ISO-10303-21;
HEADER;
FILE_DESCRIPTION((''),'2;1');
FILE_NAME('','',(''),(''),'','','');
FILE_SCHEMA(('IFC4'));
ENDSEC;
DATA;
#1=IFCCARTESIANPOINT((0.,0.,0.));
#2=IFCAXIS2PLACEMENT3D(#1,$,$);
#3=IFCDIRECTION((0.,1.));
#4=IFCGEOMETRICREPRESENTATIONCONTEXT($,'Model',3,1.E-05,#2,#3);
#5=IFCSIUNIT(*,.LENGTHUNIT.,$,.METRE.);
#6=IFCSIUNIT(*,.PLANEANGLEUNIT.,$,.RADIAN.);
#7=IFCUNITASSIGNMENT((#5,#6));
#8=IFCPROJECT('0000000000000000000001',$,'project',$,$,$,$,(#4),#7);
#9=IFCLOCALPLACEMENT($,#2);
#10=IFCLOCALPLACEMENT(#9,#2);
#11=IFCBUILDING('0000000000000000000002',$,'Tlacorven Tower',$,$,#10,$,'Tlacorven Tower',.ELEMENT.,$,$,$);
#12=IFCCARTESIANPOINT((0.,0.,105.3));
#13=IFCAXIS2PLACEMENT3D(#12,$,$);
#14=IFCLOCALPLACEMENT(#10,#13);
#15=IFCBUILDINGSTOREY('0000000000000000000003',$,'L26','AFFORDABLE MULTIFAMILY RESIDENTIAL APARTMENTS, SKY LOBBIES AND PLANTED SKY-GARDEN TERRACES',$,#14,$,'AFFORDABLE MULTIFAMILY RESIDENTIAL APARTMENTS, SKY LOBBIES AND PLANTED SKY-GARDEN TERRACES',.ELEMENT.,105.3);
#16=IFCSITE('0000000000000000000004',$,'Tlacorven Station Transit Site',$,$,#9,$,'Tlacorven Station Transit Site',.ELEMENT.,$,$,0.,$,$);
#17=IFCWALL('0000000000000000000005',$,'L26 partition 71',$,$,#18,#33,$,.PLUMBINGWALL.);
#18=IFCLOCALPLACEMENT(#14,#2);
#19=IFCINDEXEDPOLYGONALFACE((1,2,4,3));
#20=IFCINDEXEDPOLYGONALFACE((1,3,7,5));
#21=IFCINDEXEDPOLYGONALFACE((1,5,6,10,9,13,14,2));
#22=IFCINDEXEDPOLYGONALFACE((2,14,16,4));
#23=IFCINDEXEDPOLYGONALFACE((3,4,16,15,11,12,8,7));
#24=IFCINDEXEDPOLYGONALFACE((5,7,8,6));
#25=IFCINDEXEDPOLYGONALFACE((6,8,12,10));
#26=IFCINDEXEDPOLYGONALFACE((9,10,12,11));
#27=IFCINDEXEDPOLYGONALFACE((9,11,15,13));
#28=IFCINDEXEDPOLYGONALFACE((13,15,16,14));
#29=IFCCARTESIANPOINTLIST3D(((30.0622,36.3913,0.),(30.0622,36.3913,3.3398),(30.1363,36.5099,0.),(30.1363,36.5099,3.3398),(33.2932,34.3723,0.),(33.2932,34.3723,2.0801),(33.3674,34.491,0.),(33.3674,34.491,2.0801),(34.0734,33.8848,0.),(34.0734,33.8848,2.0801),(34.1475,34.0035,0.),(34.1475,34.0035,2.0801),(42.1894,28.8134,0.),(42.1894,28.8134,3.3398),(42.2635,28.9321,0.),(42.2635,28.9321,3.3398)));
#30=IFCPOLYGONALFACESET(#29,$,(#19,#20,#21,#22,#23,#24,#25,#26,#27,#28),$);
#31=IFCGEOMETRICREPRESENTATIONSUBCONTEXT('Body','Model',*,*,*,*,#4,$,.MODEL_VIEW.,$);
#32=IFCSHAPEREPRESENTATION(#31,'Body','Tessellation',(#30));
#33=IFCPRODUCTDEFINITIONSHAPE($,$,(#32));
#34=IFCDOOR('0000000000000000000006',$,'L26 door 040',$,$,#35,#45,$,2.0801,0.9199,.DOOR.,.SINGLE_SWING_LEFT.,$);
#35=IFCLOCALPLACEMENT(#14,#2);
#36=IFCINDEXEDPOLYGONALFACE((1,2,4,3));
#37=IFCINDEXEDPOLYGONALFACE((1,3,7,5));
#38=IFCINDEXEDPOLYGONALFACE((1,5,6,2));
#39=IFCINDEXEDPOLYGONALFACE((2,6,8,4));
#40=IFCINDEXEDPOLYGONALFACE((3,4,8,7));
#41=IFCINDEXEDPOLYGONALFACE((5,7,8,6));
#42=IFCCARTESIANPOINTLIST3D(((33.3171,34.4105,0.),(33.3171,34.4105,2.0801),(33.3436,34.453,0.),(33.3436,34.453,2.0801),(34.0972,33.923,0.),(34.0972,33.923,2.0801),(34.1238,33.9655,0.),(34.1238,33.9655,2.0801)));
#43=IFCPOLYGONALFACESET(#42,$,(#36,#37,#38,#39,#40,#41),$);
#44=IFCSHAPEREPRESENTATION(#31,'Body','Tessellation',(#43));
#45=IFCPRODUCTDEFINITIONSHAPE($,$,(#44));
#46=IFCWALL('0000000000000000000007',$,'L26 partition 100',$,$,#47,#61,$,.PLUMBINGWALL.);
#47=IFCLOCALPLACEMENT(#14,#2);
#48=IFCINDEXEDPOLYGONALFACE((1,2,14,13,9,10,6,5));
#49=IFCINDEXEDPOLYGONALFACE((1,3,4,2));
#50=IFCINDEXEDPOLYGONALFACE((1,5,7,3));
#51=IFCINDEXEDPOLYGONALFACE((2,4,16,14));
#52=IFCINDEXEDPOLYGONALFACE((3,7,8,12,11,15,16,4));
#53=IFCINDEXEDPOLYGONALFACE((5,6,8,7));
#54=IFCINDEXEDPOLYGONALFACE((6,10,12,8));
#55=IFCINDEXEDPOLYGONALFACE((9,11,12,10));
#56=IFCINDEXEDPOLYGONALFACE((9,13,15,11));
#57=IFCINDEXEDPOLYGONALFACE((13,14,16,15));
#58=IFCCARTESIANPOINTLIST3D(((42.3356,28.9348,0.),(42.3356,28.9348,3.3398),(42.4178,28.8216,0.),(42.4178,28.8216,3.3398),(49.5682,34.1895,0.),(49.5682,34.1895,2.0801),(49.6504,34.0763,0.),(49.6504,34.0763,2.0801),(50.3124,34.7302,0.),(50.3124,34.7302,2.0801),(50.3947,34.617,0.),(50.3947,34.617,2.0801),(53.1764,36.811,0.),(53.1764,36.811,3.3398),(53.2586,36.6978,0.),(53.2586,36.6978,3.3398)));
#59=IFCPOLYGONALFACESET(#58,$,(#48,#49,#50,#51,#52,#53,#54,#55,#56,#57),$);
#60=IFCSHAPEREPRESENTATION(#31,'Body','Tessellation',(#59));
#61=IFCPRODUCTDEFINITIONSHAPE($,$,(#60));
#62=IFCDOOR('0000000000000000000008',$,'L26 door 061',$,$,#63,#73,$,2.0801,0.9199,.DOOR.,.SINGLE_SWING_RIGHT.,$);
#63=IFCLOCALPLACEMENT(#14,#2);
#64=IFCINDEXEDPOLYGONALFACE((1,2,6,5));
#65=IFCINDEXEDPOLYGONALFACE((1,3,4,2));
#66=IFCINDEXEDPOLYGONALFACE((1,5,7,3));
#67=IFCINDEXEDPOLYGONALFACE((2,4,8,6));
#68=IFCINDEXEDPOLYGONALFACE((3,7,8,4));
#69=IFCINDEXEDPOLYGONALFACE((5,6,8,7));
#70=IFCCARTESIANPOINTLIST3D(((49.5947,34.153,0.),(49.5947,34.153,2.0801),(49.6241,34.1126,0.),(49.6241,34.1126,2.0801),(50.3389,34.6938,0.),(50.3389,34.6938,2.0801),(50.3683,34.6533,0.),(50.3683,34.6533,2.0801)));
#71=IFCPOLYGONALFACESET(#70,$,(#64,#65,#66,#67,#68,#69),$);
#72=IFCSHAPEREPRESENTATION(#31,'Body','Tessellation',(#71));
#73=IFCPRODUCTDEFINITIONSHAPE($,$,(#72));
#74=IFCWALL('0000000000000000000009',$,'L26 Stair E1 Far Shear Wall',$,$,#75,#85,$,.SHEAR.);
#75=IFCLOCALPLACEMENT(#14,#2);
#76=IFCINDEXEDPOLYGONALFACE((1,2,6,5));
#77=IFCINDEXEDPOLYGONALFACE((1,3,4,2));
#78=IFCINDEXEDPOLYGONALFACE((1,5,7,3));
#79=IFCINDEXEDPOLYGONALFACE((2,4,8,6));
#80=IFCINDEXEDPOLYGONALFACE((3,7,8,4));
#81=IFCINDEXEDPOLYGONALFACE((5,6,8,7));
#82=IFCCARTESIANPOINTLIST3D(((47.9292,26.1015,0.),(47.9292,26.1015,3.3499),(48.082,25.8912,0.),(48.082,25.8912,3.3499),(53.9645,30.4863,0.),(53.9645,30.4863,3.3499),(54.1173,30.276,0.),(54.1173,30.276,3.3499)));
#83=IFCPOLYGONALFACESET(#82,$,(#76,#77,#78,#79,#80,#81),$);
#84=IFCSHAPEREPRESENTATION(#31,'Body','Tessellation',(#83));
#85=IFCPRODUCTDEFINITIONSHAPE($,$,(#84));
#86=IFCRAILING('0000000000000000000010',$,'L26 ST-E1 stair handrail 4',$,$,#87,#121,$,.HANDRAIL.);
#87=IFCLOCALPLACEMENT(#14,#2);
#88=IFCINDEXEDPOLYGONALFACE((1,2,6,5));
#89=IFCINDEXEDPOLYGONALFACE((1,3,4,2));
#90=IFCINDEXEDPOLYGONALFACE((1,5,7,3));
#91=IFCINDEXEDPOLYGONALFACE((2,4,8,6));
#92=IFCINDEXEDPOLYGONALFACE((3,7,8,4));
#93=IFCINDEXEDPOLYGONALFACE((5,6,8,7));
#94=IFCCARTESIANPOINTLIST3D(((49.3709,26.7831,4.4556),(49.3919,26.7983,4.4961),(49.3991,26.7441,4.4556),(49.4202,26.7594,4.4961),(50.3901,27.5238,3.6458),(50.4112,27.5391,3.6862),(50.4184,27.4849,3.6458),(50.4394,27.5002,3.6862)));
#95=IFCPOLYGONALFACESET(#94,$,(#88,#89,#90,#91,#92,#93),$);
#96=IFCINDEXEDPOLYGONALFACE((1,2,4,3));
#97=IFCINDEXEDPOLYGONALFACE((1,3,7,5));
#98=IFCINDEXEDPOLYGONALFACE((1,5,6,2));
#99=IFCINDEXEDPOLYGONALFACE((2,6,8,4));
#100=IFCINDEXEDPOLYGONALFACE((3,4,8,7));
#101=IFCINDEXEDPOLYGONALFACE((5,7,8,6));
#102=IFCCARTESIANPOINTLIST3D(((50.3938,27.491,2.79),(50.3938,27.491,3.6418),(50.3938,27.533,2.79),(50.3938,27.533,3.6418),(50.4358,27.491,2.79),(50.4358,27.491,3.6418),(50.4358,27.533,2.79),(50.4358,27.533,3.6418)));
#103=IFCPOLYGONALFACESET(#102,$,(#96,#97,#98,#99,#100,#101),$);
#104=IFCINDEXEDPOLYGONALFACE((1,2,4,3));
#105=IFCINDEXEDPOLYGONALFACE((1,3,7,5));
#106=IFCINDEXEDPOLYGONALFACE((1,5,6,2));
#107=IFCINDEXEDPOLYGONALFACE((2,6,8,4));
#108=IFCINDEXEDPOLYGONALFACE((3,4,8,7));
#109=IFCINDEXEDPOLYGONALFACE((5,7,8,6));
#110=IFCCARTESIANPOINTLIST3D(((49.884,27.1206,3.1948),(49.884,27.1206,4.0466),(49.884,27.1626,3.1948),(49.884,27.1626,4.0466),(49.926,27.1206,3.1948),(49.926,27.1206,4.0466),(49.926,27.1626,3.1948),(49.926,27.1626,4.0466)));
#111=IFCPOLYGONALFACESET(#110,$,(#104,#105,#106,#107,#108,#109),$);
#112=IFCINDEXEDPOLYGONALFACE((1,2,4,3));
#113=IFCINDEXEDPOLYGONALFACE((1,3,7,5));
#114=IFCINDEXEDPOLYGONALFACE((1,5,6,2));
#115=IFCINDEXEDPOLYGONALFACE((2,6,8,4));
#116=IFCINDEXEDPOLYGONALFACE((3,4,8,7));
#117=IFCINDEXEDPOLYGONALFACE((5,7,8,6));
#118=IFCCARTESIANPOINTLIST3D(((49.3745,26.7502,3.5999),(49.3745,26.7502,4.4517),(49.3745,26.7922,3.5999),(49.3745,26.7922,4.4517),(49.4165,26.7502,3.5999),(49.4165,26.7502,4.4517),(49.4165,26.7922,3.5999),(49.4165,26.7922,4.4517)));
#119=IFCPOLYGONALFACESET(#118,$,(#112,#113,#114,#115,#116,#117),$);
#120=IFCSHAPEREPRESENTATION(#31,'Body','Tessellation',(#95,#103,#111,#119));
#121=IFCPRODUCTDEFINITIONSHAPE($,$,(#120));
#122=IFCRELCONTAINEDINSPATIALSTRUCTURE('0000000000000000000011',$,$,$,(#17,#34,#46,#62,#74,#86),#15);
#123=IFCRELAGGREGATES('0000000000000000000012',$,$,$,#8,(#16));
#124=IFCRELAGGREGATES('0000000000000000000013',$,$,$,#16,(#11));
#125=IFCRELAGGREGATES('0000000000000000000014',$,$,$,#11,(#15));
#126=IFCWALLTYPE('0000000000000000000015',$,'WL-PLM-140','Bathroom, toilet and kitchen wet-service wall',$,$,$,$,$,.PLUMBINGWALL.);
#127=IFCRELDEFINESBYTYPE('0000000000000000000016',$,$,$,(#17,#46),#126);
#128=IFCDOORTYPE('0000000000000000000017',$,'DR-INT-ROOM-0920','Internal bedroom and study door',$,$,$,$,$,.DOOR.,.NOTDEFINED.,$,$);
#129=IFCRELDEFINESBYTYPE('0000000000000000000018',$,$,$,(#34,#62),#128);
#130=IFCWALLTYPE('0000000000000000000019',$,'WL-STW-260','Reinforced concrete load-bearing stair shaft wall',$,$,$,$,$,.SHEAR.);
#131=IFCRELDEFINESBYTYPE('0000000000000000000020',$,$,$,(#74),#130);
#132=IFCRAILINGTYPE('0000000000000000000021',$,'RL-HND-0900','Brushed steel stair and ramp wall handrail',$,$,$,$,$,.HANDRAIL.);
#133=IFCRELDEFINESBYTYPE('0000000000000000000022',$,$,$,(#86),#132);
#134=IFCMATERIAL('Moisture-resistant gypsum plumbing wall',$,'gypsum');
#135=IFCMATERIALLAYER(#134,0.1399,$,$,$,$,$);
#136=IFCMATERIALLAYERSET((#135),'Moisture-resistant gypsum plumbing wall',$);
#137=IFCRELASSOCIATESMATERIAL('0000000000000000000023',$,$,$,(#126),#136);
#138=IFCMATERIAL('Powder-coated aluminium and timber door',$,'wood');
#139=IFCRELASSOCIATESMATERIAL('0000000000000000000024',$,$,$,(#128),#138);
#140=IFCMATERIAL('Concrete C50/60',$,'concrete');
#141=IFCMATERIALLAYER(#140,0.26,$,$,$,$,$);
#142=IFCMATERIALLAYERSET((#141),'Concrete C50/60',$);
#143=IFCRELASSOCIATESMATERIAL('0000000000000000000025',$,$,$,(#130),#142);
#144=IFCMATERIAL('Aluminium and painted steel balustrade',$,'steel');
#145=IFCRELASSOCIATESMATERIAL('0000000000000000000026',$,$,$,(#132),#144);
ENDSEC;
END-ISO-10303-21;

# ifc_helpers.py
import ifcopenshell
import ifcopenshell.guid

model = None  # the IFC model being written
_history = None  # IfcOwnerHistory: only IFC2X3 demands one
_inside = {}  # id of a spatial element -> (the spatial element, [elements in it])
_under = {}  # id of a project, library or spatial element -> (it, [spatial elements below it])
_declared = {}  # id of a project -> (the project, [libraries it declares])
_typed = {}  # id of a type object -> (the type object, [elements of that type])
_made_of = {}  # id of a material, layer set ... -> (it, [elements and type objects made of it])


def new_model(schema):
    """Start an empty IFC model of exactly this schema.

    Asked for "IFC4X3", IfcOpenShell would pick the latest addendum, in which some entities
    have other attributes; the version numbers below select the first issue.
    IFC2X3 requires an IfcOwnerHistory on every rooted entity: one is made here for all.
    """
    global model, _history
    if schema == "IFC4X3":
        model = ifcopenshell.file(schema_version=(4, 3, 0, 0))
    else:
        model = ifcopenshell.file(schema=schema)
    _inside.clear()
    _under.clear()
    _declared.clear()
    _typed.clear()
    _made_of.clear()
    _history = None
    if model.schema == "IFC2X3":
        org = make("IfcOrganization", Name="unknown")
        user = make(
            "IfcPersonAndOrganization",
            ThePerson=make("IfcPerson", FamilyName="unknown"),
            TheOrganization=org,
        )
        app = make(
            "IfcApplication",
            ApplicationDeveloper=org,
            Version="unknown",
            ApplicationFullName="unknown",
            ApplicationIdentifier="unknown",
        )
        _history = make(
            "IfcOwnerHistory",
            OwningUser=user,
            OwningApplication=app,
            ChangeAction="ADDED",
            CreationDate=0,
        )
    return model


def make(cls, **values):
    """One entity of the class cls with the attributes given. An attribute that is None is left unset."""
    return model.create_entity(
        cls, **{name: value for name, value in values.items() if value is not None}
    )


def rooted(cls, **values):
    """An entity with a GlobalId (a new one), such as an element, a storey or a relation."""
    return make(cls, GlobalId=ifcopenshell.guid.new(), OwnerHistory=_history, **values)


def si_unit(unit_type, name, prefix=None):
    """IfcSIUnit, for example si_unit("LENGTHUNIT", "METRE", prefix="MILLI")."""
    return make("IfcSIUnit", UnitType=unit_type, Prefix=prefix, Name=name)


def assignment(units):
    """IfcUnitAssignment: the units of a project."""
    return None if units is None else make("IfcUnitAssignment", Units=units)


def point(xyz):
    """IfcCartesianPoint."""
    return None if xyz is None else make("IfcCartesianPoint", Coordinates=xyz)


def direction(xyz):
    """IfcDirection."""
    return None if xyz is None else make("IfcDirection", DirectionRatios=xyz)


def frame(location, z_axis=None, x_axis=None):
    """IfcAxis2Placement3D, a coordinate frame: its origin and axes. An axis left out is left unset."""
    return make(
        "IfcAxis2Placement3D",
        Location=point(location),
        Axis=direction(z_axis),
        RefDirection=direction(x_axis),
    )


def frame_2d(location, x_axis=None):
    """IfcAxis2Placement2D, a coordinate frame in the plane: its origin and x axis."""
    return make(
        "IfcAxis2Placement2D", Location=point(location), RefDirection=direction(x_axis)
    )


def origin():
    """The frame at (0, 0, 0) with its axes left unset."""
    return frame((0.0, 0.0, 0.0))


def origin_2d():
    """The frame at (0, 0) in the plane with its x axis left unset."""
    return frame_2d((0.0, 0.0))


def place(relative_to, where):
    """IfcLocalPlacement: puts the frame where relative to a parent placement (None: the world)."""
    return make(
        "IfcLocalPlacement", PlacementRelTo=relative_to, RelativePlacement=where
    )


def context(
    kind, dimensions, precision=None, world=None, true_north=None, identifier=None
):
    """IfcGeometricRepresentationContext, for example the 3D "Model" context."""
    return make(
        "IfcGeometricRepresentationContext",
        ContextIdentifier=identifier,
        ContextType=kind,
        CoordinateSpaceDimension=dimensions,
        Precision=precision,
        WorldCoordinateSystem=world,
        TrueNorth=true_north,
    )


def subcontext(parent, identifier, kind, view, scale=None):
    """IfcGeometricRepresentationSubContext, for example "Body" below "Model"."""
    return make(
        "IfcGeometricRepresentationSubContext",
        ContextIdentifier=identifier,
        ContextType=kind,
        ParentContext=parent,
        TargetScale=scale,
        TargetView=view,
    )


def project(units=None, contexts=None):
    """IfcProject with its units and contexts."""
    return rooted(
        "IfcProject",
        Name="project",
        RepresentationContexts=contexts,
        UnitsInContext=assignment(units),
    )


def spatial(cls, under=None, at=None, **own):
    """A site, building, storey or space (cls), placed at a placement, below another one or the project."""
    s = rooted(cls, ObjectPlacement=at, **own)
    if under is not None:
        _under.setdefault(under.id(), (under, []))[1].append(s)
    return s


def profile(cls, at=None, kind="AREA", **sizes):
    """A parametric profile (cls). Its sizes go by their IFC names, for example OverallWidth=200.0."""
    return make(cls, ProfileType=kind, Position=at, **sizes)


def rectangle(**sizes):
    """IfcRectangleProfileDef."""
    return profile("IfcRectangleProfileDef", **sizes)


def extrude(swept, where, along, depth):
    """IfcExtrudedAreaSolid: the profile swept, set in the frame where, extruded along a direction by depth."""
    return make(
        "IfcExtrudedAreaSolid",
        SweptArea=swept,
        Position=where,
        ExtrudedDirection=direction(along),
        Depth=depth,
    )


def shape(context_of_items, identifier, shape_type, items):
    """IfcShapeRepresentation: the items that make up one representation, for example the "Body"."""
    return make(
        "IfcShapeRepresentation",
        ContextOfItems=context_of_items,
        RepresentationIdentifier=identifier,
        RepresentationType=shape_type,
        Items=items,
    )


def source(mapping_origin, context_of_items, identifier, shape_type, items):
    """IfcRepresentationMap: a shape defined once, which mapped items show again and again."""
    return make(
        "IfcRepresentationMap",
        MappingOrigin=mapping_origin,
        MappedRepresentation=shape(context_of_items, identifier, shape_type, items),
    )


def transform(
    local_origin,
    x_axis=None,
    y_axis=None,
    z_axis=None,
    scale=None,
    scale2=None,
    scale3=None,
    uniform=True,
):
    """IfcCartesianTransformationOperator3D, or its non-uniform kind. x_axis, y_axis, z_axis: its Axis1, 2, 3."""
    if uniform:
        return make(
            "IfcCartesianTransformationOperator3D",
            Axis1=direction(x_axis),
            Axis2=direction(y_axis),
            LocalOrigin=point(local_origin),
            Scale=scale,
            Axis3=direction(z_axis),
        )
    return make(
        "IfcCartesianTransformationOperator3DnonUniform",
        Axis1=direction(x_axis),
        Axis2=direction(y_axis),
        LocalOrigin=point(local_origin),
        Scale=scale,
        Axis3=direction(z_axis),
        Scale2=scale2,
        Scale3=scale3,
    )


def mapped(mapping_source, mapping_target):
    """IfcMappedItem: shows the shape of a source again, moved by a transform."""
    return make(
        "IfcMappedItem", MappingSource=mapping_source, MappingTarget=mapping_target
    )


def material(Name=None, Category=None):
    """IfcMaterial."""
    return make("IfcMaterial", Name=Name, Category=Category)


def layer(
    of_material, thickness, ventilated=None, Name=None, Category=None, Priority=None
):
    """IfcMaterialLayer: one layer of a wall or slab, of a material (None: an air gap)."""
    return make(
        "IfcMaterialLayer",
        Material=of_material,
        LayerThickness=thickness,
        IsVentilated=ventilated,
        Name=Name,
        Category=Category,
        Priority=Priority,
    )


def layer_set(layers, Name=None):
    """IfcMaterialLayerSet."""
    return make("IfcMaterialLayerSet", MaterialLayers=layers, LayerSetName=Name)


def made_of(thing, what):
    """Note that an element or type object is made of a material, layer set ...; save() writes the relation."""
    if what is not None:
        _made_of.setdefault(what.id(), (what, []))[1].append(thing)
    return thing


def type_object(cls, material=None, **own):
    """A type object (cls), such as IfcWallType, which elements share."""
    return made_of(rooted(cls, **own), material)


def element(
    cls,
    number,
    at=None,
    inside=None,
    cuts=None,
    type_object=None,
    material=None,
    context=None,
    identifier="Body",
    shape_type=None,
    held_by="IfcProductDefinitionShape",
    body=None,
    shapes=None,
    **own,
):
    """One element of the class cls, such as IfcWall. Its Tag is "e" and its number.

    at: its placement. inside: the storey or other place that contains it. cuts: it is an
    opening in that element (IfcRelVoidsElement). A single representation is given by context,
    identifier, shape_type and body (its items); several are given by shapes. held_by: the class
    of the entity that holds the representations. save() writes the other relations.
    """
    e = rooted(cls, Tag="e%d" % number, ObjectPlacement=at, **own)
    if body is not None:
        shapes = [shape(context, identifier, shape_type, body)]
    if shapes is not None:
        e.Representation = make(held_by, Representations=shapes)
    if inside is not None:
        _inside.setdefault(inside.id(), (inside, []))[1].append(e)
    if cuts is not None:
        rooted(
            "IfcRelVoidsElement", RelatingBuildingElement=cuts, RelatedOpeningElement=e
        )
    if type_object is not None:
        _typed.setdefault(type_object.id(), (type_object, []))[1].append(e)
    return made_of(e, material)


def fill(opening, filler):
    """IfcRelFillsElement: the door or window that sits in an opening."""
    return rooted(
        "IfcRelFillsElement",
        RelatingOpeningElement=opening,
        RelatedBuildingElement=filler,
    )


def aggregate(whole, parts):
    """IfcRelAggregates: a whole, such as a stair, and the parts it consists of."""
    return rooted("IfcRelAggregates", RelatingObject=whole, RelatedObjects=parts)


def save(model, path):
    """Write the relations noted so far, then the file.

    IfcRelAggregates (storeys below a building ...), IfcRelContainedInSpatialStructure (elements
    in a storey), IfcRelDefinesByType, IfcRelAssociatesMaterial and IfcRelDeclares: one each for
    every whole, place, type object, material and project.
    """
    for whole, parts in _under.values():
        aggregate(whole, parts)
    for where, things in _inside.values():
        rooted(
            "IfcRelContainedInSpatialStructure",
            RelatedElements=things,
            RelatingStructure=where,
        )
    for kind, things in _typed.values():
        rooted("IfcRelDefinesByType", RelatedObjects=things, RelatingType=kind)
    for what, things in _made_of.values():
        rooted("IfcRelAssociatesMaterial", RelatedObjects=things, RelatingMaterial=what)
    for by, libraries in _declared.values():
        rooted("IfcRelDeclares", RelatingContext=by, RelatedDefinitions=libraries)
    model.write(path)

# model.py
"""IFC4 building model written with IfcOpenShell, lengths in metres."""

from ifc_helpers import new_model, si_unit, direction, frame, frame_2d, origin, origin_2d, place, context, subcontext, project, spatial, rectangle, extrude, source, transform, mapped, material, layer, layer_set, type_object, element, fill, save


model = new_model("IFC4")

# Units and contexts
model_context = context("Model", 3, precision=1e-05, world=origin(), true_north=direction((0.0, 1.0)))
body_context = subcontext(model_context, "Body", "Model", "MODEL_VIEW")
ifc_project = project(units=[si_unit("LENGTHUNIT", "METRE"), si_unit("PLANEANGLEUNIT", "RADIAN")], contexts=[model_context])

# Site, building, storey
site_placement = place(None, origin())
site = spatial("IfcSite", under=ifc_project, at=site_placement, Name="Tlacorven Station Transit Site", LongName="Tlacorven Station Transit Site", CompositionType="ELEMENT", RefElevation=0.0)
building_placement = place(site_placement, origin())
building = spatial("IfcBuilding", under=site, at=building_placement, Name="Tlacorven Tower", LongName="Tlacorven Tower", CompositionType="ELEMENT")
storey_placement = place(building_placement, frame((0.0, 0.0, 105.3)))
storey = spatial("IfcBuildingStorey", under=building, at=storey_placement, Name="L26", Description="AFFORDABLE MULTIFAMILY RESIDENTIAL APARTMENTS, SKY LOBBIES AND PLANTED SKY-GARDEN TERRACES", LongName="AFFORDABLE MULTIFAMILY RESIDENTIAL APARTMENTS, SKY LOBBIES AND PLANTED SKY-GARDEN TERRACES", CompositionType="ELEMENT", Elevation=105.3)

# Walls, openings, doors
ifc_material_1 = material(Name="Moisture-resistant gypsum plumbing wall", Category="gypsum")
ifc_layer_1 = layer(ifc_material_1, 0.1399)
ifc_layer_set_1 = layer_set([ifc_layer_1], Name="Moisture-resistant gypsum plumbing wall")
wall_type_1 = type_object("IfcWallType", Name="WL-PLM-140", Description="Bathroom, toilet and kitchen wet-service wall", PredefinedType="PLUMBINGWALL", material=ifc_layer_set_1)
wall_1_placement = place(storey_placement, frame((42.2263, 28.8728, 0.0), z_axis=(0.0, 0.0, 1.0), x_axis=(-0.848049, 0.529918, 0.0)))
wall_1 = element("IfcWall", 1, at=wall_1_placement, inside=storey, type_object=wall_type_1, Name="L26 partition 71", PredefinedType="PLUMBINGWALL", context=body_context, shape_type="SweptSolid", body=[
    extrude(rectangle(XDim=14.3, YDim=0.1399, at=frame_2d((7.1499, 0.0))), origin(), (0.0, 0.0, 1.0), 3.3398),
])
opening_1_placement = place(wall_1_placement, frame((9.5701, 0.0, 0.0)))
opening_1 = element("IfcOpeningElement", 2, at=opening_1_placement, cuts=wall_1, PredefinedType="OPENING", context=body_context, shape_type="SweptSolid", body=[
    extrude(rectangle(XDim=0.9199, YDim=2.0801, at=frame_2d((0.46, 1.04))), frame((0.0, 0.0801, 0.0), z_axis=(0.0, -1.0, 0.0), x_axis=(1.0, 0.0, 0.0)), (0.0, 0.0, 1.0), 0.1599),
])
ifc_material_2 = material(Name="Powder-coated aluminium and timber door", Category="wood")
door_type_1 = type_object("IfcDoorType", Name="DR-INT-ROOM-0920", Description="Internal bedroom and study door", OperationType="NOTDEFINED", PredefinedType="DOOR", material=ifc_material_2)
shared_shape_1 = source(origin(), body_context, "Body", "SweptSolid", [
    extrude(rectangle(XDim=0.9199, YDim=2.0801, at=frame_2d((0.46, 1.04))), frame((0.0, 0.0249, 0.0), z_axis=(0.0, -1.0, 0.0), x_axis=(1.0, 0.0, 0.0)), (0.0, 0.0, 1.0), 0.05),
])
door_1_placement = place(opening_1_placement, origin())
door_1 = element("IfcDoor", 3, at=door_1_placement, inside=storey, type_object=door_type_1, Name="L26 door 040", OperationType="SINGLE_SWING_LEFT", OverallHeight=2.0801, OverallWidth=0.9199, PredefinedType="DOOR", context=body_context, shape_type="MappedRepresentation", body=[
    mapped(shared_shape_1, transform((0.0, 0.0, 0.0), scale=1.0)),
])
fill(opening_1, door_1)
wall_2_placement = place(storey_placement, frame((42.3767, 28.8782, 0.0), z_axis=(0.0, 0.0, 1.0), x_axis=(0.80902, 0.587781, 0.0)))
wall_2 = element("IfcWall", 4, at=wall_2_placement, inside=storey, type_object=wall_type_1, Name="L26 partition 100", PredefinedType="PLUMBINGWALL", context=body_context, shape_type="SweptSolid", body=[
    extrude(rectangle(XDim=13.3999, YDim=0.1399, at=frame_2d((6.7, 0.0))), origin(), (0.0, 0.0, 1.0), 3.3398),
])
opening_2_placement = place(wall_2_placement, frame((8.9399, 0.0, 0.0)))
opening_2 = element("IfcOpeningElement", 5, at=opening_2_placement, cuts=wall_2, PredefinedType="OPENING", context=body_context, shape_type="SweptSolid", body=[
    extrude(rectangle(XDim=0.9199, YDim=2.0801, at=frame_2d((0.46, 1.04))), frame((0.0, 0.0801, 0.0), z_axis=(0.0, -1.0, 0.0), x_axis=(1.0, 0.0, 0.0)), (0.0, 0.0, 1.0), 0.1599),
])
door_2_placement = place(opening_2_placement, origin())
door_2 = element("IfcDoor", 6, at=door_2_placement, inside=storey, type_object=door_type_1, Name="L26 door 061", OperationType="SINGLE_SWING_RIGHT", OverallHeight=2.0801, OverallWidth=0.9199, PredefinedType="DOOR", context=body_context, shape_type="MappedRepresentation", body=[
    mapped(shared_shape_1, transform((0.0, 0.0, 0.0), scale=1.0)),
])
fill(opening_2, door_2)

# Wall
ifc_material_3 = material(Name="Concrete C50/60", Category="concrete")
ifc_layer_2 = layer(ifc_material_3, 0.26)
ifc_layer_set_2 = layer_set([ifc_layer_2], Name="Concrete C50/60")
wall_type_2 = type_object("IfcWallType", Name="WL-STW-260", Description="Reinforced concrete load-bearing stair shaft wall", PredefinedType="SHEAR", material=ifc_layer_set_2)
wall_3_placement = place(storey_placement, frame((48.0056, 25.9963, 0.0), z_axis=(0.0, 0.0, 1.0), x_axis=(0.809019, 0.587782, 0.0)))
element("IfcWall", 7, at=wall_3_placement, inside=storey, type_object=wall_type_2, Name="L26 Stair E1 Far Shear Wall", PredefinedType="SHEAR", context=body_context, shape_type="SweptSolid", body=[
    extrude(rectangle(XDim=7.46, YDim=0.26, at=frame_2d((3.73, 0.0))), origin(), (0.0, 0.0, 1.0), 3.3499),
])

# Railing
ifc_material_4 = material(Name="Aluminium and painted steel balustrade", Category="steel")
railing_type = type_object("IfcRailingType", Name="RL-HND-0900", Description="Brushed steel stair and ramp wall handrail", PredefinedType="HANDRAIL", material=ifc_material_4)
shared_shape_2 = source(origin(), body_context, "Body", "SweptSolid", [
    extrude(rectangle(XDim=0.0481, YDim=0.0481, at=origin_2d()), frame((0.0, 0.0, 0.876), z_axis=(-0.680521, -0.494539, 0.540668), x_axis=(0.587872, -0.808954, 0.0)), (0.0, 0.0, 1.0), 1.4978),
    extrude(rectangle(XDim=0.042, YDim=0.042, at=origin_2d()), origin(), (0.0, 0.0, 1.0), 0.8518),
    extrude(rectangle(XDim=0.042, YDim=0.042, at=origin_2d()), frame((-0.5098, -0.3704, 0.4048)), (0.0, 0.0, 1.0), 0.8518),
    extrude(rectangle(XDim=0.042, YDim=0.042, at=origin_2d()), frame((-1.0193, -0.7407, 0.8098)), (0.0, 0.0, 1.0), 0.8518),
])
railing_placement = place(storey_placement, frame((50.4148, 27.512, 2.79)))
element("IfcRailing", 8, at=railing_placement, inside=storey, type_object=railing_type, Name="L26 ST-E1 stair handrail 4", PredefinedType="HANDRAIL", context=body_context, shape_type="MappedRepresentation", body=[
    mapped(shared_shape_2, transform((0.0, 0.0, 0.0), scale=1.0)),
])

save(model, "model.ifc")
